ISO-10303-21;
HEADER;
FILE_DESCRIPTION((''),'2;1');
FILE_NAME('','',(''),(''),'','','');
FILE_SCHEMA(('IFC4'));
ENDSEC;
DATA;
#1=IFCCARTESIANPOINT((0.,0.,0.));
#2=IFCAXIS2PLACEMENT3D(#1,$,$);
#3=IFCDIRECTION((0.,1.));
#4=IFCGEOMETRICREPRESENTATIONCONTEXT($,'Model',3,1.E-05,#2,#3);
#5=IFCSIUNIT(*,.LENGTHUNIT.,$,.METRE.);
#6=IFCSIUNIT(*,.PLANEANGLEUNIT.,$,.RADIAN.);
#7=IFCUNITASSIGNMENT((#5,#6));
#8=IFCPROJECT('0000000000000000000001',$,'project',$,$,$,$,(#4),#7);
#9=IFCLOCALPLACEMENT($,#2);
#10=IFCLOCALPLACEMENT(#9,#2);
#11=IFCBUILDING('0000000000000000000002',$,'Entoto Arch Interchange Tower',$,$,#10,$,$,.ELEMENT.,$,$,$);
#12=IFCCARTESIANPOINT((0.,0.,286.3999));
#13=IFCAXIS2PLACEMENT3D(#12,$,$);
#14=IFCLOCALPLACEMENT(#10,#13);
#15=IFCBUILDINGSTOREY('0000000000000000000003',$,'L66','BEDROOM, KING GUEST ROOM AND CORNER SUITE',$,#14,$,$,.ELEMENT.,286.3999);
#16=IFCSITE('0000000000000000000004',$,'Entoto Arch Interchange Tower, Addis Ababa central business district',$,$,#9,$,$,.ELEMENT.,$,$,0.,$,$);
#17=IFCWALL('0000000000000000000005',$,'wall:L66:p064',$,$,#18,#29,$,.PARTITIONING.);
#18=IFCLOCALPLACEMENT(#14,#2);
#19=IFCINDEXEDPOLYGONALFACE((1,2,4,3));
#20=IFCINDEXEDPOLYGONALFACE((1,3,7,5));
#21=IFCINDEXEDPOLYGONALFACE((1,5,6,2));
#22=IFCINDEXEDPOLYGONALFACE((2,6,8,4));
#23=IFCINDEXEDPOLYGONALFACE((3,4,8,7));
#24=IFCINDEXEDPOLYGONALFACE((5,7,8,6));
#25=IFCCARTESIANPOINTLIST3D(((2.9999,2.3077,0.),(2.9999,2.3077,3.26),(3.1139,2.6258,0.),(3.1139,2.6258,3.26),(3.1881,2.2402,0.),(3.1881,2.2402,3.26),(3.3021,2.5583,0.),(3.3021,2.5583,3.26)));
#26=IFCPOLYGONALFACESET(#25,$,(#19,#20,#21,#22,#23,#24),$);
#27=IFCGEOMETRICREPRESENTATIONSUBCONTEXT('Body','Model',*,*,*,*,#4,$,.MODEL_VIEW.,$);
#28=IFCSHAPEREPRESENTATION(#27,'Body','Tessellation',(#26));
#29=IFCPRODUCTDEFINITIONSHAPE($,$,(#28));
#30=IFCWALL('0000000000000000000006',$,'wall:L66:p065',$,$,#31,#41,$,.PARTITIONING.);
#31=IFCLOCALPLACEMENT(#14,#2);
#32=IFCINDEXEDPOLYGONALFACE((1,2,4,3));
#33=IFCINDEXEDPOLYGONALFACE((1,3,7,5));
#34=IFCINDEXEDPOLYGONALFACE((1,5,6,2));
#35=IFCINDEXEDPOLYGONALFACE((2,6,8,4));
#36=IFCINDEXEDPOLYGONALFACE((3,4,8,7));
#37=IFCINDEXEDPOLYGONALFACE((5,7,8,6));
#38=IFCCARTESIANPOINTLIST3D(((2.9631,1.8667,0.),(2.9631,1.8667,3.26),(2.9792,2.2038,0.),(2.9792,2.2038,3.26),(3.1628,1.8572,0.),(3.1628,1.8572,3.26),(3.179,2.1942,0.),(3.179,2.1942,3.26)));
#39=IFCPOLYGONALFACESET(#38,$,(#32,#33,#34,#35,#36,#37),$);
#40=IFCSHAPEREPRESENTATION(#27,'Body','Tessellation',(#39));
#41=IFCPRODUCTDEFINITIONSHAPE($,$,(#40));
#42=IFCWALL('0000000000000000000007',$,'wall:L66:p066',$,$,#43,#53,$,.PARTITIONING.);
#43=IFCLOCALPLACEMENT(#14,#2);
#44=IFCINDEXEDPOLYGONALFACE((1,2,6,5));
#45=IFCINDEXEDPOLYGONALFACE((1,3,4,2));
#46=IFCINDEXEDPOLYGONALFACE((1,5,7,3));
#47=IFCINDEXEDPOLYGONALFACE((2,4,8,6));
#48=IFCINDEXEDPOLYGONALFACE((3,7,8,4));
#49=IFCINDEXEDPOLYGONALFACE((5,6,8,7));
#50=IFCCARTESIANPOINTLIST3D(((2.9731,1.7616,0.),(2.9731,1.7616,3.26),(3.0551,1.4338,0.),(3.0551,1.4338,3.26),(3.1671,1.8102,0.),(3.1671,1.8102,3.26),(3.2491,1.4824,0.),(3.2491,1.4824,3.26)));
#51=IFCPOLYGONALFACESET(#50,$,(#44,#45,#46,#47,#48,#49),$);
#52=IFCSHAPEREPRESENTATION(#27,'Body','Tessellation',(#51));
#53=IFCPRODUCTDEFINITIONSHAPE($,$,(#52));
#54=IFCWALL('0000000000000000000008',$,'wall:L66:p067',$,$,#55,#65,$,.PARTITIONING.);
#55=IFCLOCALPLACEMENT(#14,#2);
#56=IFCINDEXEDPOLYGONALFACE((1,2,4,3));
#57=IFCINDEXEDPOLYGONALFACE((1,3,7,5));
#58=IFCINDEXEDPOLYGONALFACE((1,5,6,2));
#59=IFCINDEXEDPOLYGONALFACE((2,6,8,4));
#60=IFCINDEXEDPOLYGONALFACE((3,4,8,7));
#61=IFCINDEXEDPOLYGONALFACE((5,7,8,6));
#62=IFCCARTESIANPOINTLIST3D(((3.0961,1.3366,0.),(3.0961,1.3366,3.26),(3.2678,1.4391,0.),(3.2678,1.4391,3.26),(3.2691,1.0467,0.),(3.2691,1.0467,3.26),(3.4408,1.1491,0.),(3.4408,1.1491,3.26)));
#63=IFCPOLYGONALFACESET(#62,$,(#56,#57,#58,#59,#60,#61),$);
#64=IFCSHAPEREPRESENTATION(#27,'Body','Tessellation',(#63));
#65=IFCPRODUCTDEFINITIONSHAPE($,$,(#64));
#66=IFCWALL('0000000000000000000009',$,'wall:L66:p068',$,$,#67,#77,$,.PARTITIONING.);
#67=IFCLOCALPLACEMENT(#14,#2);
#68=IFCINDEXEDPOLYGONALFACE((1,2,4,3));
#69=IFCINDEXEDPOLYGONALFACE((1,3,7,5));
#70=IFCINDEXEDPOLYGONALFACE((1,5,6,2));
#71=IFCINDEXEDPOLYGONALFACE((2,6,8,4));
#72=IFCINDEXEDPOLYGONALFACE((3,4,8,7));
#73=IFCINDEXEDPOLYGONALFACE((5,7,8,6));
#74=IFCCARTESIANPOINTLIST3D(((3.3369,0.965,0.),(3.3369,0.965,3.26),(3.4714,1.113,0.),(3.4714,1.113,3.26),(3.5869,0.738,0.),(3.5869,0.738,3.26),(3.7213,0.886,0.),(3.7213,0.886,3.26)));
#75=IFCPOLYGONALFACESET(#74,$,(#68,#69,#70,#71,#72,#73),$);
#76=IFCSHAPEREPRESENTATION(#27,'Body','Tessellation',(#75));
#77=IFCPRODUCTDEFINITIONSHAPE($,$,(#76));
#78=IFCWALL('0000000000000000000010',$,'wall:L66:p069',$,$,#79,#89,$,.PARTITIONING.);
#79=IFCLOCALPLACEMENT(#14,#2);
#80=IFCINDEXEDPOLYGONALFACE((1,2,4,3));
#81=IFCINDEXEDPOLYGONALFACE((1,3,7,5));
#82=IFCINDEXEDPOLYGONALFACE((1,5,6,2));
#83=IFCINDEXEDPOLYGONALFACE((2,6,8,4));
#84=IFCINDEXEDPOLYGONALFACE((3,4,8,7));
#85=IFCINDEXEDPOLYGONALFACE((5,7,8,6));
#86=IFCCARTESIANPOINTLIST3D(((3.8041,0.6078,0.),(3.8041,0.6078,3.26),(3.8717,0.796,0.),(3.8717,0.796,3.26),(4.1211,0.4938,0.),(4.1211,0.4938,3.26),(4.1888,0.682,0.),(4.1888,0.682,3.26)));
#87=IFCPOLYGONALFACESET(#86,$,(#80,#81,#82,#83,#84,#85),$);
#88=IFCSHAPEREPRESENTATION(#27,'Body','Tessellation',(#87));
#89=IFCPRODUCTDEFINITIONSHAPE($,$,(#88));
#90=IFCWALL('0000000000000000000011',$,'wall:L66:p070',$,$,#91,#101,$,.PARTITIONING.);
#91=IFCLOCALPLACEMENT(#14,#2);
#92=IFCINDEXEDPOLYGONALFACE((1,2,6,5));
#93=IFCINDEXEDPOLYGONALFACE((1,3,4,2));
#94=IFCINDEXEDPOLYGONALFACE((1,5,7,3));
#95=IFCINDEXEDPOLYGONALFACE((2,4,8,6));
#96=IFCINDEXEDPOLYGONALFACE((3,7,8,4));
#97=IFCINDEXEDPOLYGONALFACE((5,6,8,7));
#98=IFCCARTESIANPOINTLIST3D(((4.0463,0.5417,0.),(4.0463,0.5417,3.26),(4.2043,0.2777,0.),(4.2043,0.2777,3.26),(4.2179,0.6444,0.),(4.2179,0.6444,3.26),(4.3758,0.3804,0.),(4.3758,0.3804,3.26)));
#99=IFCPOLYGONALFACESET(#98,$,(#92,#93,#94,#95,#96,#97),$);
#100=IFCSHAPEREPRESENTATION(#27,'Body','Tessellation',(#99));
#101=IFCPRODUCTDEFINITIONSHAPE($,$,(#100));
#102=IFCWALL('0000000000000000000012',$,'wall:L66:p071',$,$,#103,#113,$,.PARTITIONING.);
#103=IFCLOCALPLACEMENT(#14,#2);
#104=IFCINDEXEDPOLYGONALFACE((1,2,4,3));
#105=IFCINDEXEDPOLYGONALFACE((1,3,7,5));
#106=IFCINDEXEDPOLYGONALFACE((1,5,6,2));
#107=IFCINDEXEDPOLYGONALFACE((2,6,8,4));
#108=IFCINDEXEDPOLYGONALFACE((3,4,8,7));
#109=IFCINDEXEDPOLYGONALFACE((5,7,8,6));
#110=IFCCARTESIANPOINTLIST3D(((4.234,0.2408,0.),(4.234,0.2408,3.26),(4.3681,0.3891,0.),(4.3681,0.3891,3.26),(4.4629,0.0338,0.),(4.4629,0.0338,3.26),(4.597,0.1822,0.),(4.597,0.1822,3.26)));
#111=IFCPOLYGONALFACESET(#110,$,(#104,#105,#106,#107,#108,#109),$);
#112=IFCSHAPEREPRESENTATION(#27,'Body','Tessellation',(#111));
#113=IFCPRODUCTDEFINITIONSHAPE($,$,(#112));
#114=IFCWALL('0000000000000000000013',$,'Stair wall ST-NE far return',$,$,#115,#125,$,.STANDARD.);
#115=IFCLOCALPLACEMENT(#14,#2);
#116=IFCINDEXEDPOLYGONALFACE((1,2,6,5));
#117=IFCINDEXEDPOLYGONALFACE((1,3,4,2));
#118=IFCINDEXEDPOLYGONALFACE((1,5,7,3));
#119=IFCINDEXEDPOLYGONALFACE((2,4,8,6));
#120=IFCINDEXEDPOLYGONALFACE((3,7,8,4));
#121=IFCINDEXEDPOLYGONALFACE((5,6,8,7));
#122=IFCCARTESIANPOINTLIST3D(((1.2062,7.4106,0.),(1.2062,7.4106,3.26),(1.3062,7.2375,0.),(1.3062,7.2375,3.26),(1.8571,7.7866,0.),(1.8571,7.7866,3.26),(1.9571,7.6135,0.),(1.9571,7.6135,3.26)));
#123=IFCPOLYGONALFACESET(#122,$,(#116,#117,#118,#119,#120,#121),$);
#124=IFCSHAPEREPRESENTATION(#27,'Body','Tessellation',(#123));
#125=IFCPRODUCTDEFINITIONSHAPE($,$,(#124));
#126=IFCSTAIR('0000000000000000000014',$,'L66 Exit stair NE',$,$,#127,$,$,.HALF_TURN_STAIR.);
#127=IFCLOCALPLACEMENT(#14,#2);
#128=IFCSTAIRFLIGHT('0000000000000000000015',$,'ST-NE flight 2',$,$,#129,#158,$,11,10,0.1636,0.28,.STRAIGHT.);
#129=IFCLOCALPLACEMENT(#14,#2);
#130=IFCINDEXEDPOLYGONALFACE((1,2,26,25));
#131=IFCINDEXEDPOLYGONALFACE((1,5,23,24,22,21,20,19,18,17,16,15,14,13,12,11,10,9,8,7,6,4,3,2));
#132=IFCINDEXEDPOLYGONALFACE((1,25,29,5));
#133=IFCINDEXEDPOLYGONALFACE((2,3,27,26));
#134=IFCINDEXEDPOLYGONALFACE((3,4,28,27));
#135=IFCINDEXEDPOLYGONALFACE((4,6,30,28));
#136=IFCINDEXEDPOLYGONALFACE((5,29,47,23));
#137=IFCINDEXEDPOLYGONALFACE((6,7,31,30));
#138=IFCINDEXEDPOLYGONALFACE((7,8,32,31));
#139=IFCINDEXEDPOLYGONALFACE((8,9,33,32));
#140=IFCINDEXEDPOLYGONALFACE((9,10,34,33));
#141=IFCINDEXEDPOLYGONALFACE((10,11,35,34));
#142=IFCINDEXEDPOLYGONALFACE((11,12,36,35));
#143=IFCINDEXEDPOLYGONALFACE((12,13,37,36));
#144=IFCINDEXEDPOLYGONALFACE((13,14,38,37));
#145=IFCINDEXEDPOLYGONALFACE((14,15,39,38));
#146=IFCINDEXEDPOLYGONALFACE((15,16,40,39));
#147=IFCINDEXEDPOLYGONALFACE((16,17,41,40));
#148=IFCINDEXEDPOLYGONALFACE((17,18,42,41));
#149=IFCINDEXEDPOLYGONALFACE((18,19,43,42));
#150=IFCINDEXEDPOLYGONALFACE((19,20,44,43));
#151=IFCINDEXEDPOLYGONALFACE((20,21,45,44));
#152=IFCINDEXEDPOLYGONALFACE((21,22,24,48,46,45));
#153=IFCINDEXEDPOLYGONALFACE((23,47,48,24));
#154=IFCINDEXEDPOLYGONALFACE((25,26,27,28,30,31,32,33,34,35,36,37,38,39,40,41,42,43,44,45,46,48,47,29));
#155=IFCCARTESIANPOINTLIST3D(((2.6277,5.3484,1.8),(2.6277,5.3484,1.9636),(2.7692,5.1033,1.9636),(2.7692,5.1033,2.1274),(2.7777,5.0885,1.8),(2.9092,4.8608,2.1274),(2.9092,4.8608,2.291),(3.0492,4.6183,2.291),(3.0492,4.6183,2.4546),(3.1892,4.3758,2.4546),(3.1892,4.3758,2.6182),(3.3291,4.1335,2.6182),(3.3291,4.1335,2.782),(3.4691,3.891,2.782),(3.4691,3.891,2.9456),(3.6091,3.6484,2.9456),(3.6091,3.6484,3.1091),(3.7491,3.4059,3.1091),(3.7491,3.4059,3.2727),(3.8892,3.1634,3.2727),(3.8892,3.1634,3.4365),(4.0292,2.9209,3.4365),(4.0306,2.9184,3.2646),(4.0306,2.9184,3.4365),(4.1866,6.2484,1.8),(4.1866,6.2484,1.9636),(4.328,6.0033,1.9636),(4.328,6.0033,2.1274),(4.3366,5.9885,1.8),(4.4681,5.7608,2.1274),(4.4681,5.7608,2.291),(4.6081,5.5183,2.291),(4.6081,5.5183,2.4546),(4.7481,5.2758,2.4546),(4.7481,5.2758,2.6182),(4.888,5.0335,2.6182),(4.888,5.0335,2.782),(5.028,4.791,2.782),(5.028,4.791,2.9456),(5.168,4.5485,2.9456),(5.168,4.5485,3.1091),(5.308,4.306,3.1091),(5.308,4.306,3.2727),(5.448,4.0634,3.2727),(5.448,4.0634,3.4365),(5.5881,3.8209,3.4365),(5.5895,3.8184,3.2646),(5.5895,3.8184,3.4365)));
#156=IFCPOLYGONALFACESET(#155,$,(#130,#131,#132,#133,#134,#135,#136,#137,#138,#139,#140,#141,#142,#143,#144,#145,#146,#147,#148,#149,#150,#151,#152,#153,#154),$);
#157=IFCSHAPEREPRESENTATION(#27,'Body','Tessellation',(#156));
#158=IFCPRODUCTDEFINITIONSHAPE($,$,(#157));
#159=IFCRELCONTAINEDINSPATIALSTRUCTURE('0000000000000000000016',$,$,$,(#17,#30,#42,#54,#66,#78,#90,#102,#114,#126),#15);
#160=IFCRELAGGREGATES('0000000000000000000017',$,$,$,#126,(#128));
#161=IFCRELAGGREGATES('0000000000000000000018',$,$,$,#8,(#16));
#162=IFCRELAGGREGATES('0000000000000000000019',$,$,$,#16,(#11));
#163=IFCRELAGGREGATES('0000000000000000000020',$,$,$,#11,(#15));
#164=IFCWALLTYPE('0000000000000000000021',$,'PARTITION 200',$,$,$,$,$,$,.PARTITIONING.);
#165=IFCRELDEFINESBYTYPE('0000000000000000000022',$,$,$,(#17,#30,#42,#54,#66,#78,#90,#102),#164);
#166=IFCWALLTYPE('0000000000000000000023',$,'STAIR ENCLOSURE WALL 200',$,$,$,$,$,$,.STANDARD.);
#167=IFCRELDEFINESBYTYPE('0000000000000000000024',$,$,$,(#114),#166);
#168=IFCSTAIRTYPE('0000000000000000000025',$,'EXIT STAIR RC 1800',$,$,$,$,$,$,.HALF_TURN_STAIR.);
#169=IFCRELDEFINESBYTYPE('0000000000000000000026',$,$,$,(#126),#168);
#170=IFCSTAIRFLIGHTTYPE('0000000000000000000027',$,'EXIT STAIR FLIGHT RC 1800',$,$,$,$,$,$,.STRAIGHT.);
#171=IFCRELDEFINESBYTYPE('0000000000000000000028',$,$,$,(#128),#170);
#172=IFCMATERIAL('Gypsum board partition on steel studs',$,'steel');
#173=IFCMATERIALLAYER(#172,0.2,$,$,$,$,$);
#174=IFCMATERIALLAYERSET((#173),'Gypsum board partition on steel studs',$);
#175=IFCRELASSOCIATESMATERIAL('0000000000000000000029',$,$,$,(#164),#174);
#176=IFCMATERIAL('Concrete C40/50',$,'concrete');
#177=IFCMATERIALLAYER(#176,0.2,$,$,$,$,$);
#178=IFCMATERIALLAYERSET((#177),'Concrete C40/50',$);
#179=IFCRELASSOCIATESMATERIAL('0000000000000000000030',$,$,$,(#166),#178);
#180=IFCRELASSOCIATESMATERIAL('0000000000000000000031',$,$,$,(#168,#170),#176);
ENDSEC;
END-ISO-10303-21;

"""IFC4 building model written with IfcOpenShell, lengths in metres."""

from ifc_helpers import new_model, si_unit, direction, frame, frame_2d, origin, place, context, subcontext, project, spatial, polyline, rectangle, outline, extrude, material, layer, layer_set, type_object, element, aggregate, save


model = new_model("IFC4")

# Units and contexts
model_context = context("Model", 3, precision=1e-05, world=origin(), true_north=direction((0.0, 1.0)))
body_context = subcontext(model_context, "Body", "Model", "MODEL_VIEW")
ifc_project = project(units=[si_unit("LENGTHUNIT", "METRE"), si_unit("PLANEANGLEUNIT", "RADIAN")], contexts=[model_context])

# Site, building, storey
site_placement = place(None, origin())
site = spatial("IfcSite", under=ifc_project, at=site_placement, Name="Entoto Arch Interchange Tower, Addis Ababa central business district", CompositionType="ELEMENT", RefElevation=0.0)
building_placement = place(site_placement, origin())
building = spatial("IfcBuilding", under=site, at=building_placement, Name="Entoto Arch Interchange Tower", CompositionType="ELEMENT")
storey_placement = place(building_placement, frame((0.0, 0.0, 286.3999)))
storey = spatial("IfcBuildingStorey", under=building, at=storey_placement, Name="L66", Description="BEDROOM, KING GUEST ROOM AND CORNER SUITE", CompositionType="ELEMENT", Elevation=286.3999)

# Shared definitions
ifc_material_1 = material(Name="Concrete C40/50", Category="concrete")

# Shared definitions
ifc_material_2 = material(Name="Gypsum board partition on steel studs", Category="steel")
ifc_layer_1 = layer(ifc_material_2, 0.2)
ifc_layer_set_1 = layer_set([ifc_layer_1], Name="Gypsum board partition on steel studs")
wall_type_1 = type_object("IfcWallType", Name="PARTITION 200", PredefinedType="PARTITIONING", material=ifc_layer_set_1)

# Walls
wall_1_placement = place(storey_placement, frame((3.208, 2.592, 0.0), z_axis=(0.0, 0.0, 1.0), x_axis=(-0.337389, -0.941365, 0.0)))
element("IfcWall", 1, at=wall_1_placement, inside=storey, type_object=wall_type_1, Name="wall:L66:p064", PredefinedType="PARTITIONING", context=body_context, shape_type="SweptSolid", body=[
    extrude(rectangle(XDim=0.3379, YDim=0.2, at=frame_2d((0.1689, 0.0))), origin(), (0.0, 0.0, 1.0), 3.26),
])
wall_2_placement = place(storey_placement, frame((3.0791, 2.199, 0.0), z_axis=(0.0, 0.0, 1.0), x_axis=(-0.047771, -0.998858, 0.0)))
element("IfcWall", 2, at=wall_2_placement, inside=storey, type_object=wall_type_1, Name="wall:L66:p065", PredefinedType="PARTITIONING", context=body_context, shape_type="SweptSolid", body=[
    extrude(rectangle(XDim=0.3374, YDim=0.2, at=frame_2d((0.1687, 0.0))), origin(), (0.0, 0.0, 1.0), 3.26),
])
wall_3_placement = place(storey_placement, frame((3.0701, 1.7859, 0.0), z_axis=(0.0, 0.0, 1.0), x_axis=(0.242706, -0.9701, 0.0)))
element("IfcWall", 3, at=wall_3_placement, inside=storey, type_object=wall_type_1, Name="wall:L66:p066", PredefinedType="PARTITIONING", context=body_context, shape_type="SweptSolid", body=[
    extrude(rectangle(XDim=0.3379, YDim=0.2, at=frame_2d((0.1689, 0.0))), origin(), (0.0, 0.0, 1.0), 3.26),
])
for number, where, z_axis, x_axis, name in (
    (4, (3.1819, 1.3879, 0.0), (0.0, 0.0, 1.0), (0.512475, -0.858702, 0.0), "wall:L66:p067"),
    (5, (3.4041, 1.0391, 0.0), (0.0, 0.0, 1.0), (0.740267, -0.672313, 0.0), "wall:L66:p068"),
):
    element("IfcWall", number, at=place(storey_placement, frame(where, z_axis=z_axis, x_axis=x_axis)), inside=storey, type_object=wall_type_1, Name=name, PredefinedType="PARTITIONING", context=body_context, shape_type="SweptSolid", body=[
        extrude(rectangle(XDim=0.3376, YDim=0.2, at=frame_2d((0.1689, 0.0))), origin(), (0.0, 0.0, 1.0), 3.26),
    ])
wall_4_placement = place(storey_placement, frame((3.8379, 0.7019, 0.0), z_axis=(0.0, 0.0, 1.0), x_axis=(0.941035, -0.338309, 0.0)))
element("IfcWall", 6, at=wall_4_placement, inside=storey, type_object=wall_type_1, Name="wall:L66:p069", PredefinedType="PARTITIONING", context=body_context, shape_type="SweptSolid", body=[
    extrude(rectangle(XDim=0.3369, YDim=0.2, at=frame_2d((0.1685, 0.0))), origin(), (0.0, 0.0, 1.0), 3.26),
])
wall_5_placement = place(storey_placement, frame((4.1321, 0.593, 0.0), z_axis=(0.0, 0.0, 1.0), x_axis=(0.513562, -0.858053, 0.0)))
element("IfcWall", 7, at=wall_5_placement, inside=storey, type_object=wall_type_1, Name="wall:L66:p070", PredefinedType="PARTITIONING", context=body_context, shape_type="SweptSolid", body=[
    extrude(rectangle(XDim=0.3076, YDim=0.2, at=frame_2d((0.1538, 0.0))), origin(), (0.0, 0.0, 1.0), 3.26),
])
wall_6_placement = place(storey_placement, frame((4.301, 0.3149, 0.0), z_axis=(0.0, 0.0, 1.0), x_axis=(0.741798, -0.670623, 0.0)))
element("IfcWall", 8, at=wall_6_placement, inside=storey, type_object=wall_type_1, Name="wall:L66:p071", PredefinedType="PARTITIONING", context=body_context, shape_type="SweptSolid", body=[
    extrude(rectangle(XDim=0.3086, YDim=0.2, at=frame_2d((0.1543, 0.0))), origin(), (0.0, 0.0, 1.0), 3.26),
])
ifc_layer_2 = layer(ifc_material_1, 0.2)
ifc_layer_set_2 = layer_set([ifc_layer_2], Name="Concrete C40/50")
wall_type_2 = type_object("IfcWallType", Name="STAIR ENCLOSURE WALL 200", PredefinedType="STANDARD", material=ifc_layer_set_2)
wall_7_placement = place(storey_placement, frame((1.2561, 7.324, 0.0), z_axis=(0.0, 0.0, 1.0), x_axis=(0.865915, 0.500191, 0.0)))
element("IfcWall", 9, at=wall_7_placement, inside=storey, type_object=wall_type_2, Name="Stair wall ST-NE far return", PredefinedType="STANDARD", context=body_context, shape_type="SweptSolid", body=[
    extrude(rectangle(XDim=0.7517, YDim=0.2, at=frame_2d((0.376, 0.0))), origin(), (0.0, 0.0, 1.0), 3.26),
])

# Stair, stair flight
stair_type = type_object("IfcStairType", Name="EXIT STAIR RC 1800", PredefinedType="HALF_TURN_STAIR", material=ifc_material_1)
stair_placement = place(storey_placement, origin())
stair = element("IfcStair", 10, at=stair_placement, inside=storey, type_object=stair_type, Name="L66 Exit stair NE", PredefinedType="HALF_TURN_STAIR")
stair_flight_type = type_object("IfcStairFlightType", Name="EXIT STAIR FLIGHT RC 1800", PredefinedType="STRAIGHT", material=ifc_material_1)
stair_flight_placement = place(storey_placement, frame((3.4087, 5.7959, 1.8), z_axis=(0.0, 0.0, 1.0), x_axis=(0.5, -0.866025, 0.0)))
stair_flight = element("IfcStairFlight", 11, at=stair_flight_placement, type_object=stair_flight_type, Name="ST-NE flight 2", NumberOfRisers=11, NumberOfTreads=10, PredefinedType="STRAIGHT", RiserHeight=0.1636, TreadLength=0.28, context=body_context, shape_type="SweptSolid", body=[
    extrude(outline(polyline([(-0.0029, 0.0), (-0.0029, 0.1636), (0.28, 0.1636), (0.28, 0.3274), (0.5601, 0.3274), (0.5601, 0.491), (0.8401, 0.491), (0.8401, 0.6545), (1.1201, 0.6545), (1.1201, 0.8181), (1.3999, 0.8181), (1.3999, 0.9819), (1.6799, 0.9819), (1.6799, 1.1455), (1.96, 1.1455), (1.96, 1.3091), (2.24, 1.3091), (2.24, 1.4727), (2.52, 1.4727), (2.52, 1.6365), (2.8, 1.6365), (2.803, 1.6365), (2.803, 1.4646), (0.2971, 0.0), (-0.0029, 0.0)])), frame((0.0, 0.8999, 0.0), z_axis=(0.0, -1.0, 0.0), x_axis=(1.0, 0.0, 0.0)), (0.0, 0.0, 1.0), 1.8),
])
aggregate(stair, [stair_flight])

save(model, "model.ifc")
